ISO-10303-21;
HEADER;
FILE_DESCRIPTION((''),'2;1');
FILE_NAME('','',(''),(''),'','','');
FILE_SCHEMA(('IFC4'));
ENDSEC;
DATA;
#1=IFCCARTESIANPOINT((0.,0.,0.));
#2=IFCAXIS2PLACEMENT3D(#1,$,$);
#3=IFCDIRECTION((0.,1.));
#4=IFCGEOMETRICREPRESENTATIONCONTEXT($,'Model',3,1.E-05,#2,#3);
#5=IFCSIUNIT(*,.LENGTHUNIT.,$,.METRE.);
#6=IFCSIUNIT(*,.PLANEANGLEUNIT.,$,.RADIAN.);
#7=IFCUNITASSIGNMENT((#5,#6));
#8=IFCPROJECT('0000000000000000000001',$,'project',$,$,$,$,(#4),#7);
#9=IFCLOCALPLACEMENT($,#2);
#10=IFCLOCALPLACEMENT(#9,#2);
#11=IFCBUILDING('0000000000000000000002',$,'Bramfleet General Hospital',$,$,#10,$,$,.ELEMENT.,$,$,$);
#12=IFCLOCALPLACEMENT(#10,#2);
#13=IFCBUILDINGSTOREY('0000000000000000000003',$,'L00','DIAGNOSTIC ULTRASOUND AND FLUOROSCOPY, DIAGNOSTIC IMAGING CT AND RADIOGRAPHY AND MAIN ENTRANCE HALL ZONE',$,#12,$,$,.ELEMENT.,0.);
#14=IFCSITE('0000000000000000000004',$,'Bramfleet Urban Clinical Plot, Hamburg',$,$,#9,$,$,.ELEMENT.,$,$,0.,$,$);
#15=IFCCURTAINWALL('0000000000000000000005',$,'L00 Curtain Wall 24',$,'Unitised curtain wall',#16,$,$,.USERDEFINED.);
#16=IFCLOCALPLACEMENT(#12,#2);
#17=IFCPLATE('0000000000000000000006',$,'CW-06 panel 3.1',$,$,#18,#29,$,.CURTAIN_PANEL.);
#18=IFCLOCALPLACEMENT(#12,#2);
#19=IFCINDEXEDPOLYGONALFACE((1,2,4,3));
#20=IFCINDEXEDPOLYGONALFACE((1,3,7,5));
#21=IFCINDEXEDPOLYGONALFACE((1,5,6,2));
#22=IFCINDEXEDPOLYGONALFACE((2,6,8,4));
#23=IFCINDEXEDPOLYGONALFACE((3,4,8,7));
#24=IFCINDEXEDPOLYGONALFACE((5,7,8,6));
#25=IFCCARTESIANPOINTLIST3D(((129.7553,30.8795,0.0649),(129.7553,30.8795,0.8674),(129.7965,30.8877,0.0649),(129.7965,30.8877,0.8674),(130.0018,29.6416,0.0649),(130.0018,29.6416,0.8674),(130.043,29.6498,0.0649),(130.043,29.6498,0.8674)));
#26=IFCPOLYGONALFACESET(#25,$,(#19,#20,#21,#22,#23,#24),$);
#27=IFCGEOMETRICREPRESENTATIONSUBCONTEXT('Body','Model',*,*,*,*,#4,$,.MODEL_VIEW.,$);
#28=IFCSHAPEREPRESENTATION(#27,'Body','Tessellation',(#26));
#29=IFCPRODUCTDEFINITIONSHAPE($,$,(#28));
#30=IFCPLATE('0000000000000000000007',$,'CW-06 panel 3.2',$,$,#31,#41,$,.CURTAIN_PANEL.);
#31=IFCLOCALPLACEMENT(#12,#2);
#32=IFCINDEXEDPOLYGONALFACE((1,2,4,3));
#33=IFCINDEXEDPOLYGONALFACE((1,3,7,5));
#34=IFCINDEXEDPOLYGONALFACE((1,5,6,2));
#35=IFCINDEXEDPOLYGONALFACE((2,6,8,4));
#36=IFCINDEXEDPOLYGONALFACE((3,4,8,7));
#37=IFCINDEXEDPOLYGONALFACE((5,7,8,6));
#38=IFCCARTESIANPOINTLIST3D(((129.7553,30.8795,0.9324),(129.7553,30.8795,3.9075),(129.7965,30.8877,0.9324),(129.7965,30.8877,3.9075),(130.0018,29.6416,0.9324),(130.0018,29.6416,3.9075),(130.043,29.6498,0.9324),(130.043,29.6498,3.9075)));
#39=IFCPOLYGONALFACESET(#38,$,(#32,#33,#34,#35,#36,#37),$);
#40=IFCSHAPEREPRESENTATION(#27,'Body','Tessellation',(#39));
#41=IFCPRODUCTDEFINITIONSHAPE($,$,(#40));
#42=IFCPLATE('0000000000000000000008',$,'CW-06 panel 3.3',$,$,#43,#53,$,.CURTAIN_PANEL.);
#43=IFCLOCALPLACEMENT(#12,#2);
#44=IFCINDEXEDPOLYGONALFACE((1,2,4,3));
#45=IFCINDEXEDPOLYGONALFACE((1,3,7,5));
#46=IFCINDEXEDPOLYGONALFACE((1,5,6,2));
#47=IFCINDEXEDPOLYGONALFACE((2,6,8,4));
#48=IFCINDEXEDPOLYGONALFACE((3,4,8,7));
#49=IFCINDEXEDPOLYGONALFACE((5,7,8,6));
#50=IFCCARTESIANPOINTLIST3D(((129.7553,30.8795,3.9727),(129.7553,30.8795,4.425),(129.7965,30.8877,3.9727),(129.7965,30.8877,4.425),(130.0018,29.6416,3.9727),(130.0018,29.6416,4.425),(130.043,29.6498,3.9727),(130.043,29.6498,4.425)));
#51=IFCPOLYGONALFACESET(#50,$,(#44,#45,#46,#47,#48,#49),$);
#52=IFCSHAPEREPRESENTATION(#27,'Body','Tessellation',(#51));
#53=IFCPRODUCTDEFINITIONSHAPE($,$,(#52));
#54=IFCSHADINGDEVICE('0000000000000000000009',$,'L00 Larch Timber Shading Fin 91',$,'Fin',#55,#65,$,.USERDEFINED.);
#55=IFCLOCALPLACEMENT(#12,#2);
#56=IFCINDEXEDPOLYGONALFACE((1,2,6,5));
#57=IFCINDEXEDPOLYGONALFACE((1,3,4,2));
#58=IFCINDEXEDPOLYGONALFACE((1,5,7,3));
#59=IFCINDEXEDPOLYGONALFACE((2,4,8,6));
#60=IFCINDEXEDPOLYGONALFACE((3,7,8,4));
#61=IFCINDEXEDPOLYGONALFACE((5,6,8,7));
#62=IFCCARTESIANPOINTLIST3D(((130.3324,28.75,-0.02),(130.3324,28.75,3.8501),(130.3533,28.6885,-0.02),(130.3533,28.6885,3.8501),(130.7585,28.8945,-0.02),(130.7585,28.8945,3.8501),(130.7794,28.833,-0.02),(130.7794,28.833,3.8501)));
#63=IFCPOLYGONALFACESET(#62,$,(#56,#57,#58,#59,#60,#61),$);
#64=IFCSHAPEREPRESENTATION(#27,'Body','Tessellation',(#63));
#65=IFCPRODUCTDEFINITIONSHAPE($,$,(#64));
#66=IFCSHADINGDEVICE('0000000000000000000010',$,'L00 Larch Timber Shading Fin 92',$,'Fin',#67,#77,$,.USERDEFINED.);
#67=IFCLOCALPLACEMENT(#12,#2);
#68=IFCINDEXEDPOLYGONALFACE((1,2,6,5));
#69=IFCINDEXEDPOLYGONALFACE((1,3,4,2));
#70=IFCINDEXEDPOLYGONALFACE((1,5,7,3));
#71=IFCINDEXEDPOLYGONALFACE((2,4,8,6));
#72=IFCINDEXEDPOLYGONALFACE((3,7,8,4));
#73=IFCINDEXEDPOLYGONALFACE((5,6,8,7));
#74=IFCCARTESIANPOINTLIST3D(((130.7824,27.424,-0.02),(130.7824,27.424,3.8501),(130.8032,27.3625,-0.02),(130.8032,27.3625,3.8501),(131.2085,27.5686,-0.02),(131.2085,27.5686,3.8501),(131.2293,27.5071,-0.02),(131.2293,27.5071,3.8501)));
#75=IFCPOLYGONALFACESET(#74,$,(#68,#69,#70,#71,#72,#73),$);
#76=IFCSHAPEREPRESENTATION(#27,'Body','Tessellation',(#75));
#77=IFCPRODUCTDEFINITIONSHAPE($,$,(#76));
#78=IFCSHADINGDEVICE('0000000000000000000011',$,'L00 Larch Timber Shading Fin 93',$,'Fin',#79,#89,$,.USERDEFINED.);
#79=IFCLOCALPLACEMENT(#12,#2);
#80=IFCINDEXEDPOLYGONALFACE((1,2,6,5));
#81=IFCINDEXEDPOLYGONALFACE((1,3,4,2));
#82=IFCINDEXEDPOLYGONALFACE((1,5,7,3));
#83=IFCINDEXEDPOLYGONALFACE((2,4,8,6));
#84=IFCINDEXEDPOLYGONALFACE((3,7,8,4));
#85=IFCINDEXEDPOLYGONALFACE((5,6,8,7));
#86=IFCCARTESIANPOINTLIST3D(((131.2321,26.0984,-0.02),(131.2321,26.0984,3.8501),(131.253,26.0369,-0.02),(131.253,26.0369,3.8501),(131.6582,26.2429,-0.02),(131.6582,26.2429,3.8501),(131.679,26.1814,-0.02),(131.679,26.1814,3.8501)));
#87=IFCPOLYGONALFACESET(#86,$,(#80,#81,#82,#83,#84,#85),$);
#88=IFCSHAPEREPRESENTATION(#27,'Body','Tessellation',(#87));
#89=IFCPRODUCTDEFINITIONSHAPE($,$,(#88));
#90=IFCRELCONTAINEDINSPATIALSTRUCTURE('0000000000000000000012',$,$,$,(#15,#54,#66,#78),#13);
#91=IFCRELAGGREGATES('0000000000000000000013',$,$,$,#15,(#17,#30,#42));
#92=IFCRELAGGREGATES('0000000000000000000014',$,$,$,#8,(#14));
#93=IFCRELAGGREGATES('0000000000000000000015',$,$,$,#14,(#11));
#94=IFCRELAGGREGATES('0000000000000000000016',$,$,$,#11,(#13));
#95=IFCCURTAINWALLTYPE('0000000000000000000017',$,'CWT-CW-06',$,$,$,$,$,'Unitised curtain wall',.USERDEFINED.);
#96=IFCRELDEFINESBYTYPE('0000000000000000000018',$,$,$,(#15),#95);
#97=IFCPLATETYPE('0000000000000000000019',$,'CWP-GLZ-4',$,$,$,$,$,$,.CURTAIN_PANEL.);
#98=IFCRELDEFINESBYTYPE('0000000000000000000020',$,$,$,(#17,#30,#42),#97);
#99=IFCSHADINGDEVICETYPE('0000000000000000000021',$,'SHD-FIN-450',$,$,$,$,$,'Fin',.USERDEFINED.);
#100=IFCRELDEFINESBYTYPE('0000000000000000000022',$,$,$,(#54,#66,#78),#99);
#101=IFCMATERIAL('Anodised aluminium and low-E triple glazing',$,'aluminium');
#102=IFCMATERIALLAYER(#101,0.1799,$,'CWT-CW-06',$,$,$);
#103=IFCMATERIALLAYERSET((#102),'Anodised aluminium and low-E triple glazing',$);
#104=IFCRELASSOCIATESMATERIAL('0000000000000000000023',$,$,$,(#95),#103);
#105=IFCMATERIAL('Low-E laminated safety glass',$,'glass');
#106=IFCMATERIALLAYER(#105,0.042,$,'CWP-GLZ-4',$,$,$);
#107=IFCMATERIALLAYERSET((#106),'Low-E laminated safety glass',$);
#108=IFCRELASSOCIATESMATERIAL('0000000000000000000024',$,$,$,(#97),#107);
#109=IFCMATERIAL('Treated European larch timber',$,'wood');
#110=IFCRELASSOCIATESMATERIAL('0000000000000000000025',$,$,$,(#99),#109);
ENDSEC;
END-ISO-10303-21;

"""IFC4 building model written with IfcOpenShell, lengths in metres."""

from ifc_helpers import new_model, si_unit, direction, frame, origin, origin_2d, place, context, subcontext, project, spatial, rectangle, extrude, material, layer, layer_set, material_profile, profile_set, type_object, element, aggregate, save


model = new_model("IFC4")

# Units and contexts
model_context = context("Model", 3, precision=1e-05, world=origin(), true_north=direction((0.0, 1.0)))
body_context = subcontext(model_context, "Body", "Model", "MODEL_VIEW")
ifc_project = project(units=[si_unit("LENGTHUNIT", "METRE"), si_unit("PLANEANGLEUNIT", "RADIAN")], contexts=[model_context])

# Site, building, storey
site_placement = place(None, origin())
site = spatial("IfcSite", under=ifc_project, at=site_placement, Name="Bramfleet Urban Clinical Plot, Hamburg", CompositionType="ELEMENT", RefElevation=0.0)
building_placement = place(site_placement, origin())
building = spatial("IfcBuilding", under=site, at=building_placement, Name="Bramfleet General Hospital", CompositionType="ELEMENT")
storey_placement = place(building_placement, origin())
storey = spatial("IfcBuildingStorey", under=building, at=storey_placement, Name="L00", Description="DIAGNOSTIC ULTRASOUND AND FLUOROSCOPY, DIAGNOSTIC IMAGING CT AND RADIOGRAPHY AND MAIN ENTRANCE HALL ZONE", CompositionType="ELEMENT", Elevation=0.0)

# Curtain wall
ifc_material_1 = material(Name="Anodised aluminium and low-E triple glazing", Category="aluminium")
ifc_layer_1 = layer(ifc_material_1, 0.1799, Name="CWT-CW-06")
ifc_layer_set_1 = layer_set([ifc_layer_1], Name="Anodised aluminium and low-E triple glazing")
curtain_wall_type_1 = type_object("IfcCurtainWallType", Name="CWT-CW-06", ElementType="Unitised curtain wall", PredefinedType="USERDEFINED", material=ifc_layer_set_1)
curtain_wall_1_placement = place(storey_placement, origin())
curtain_wall_1 = element("IfcCurtainWall", 1, at=curtain_wall_1_placement, inside=storey, type_object=curtain_wall_type_1, Name="L00 Curtain Wall 24", ObjectType="Unitised curtain wall", PredefinedType="USERDEFINED")

# Plates
ifc_material_2 = material(Name="Low-E laminated safety glass", Category="glass")
ifc_layer_2 = layer(ifc_material_2, 0.042, Name="CWP-GLZ-4")
ifc_layer_set_2 = layer_set([ifc_layer_2], Name="Low-E laminated safety glass")
plate_type_1 = type_object("IfcPlateType", Name="CWP-GLZ-4", PredefinedType="CURTAIN_PANEL", material=ifc_layer_set_2)
plate_1_placement = place(storey_placement, frame((129.8992, 30.2646, 0.0649), z_axis=(0.0, 0.0, 1.0), x_axis=(0.195272, -0.980749, 0.0)))
plate_1 = element("IfcPlate", 2, at=plate_1_placement, type_object=plate_type_1, Name="CW-06 panel 3.1", PredefinedType="CURTAIN_PANEL", context=body_context, shape_type="SweptSolid", body=[
    extrude(rectangle(XDim=1.2622, YDim=0.042, at=origin_2d()), origin(), (0.0, 0.0, 1.0), 0.8025),
])
plate_2_placement = place(storey_placement, frame((129.8992, 30.2646, 0.9324), z_axis=(0.0, 0.0, 1.0), x_axis=(0.195272, -0.980749, 0.0)))
plate_2 = element("IfcPlate", 3, at=plate_2_placement, type_object=plate_type_1, Name="CW-06 panel 3.2", PredefinedType="CURTAIN_PANEL", context=body_context, shape_type="SweptSolid", body=[
    extrude(rectangle(XDim=1.2622, YDim=0.042, at=origin_2d()), origin(), (0.0, 0.0, 1.0), 2.9751),
])
plate_3_placement = place(storey_placement, frame((129.8992, 30.2646, 3.9727), z_axis=(0.0, 0.0, 1.0), x_axis=(0.195272, -0.980749, 0.0)))
plate_3 = element("IfcPlate", 4, at=plate_3_placement, type_object=plate_type_1, Name="CW-06 panel 3.3", PredefinedType="CURTAIN_PANEL", context=body_context, shape_type="SweptSolid", body=[
    extrude(rectangle(XDim=1.2622, YDim=0.042, at=origin_2d()), origin(), (0.0, 0.0, 1.0), 0.4524),
])
aggregate(curtain_wall_1, [plate_1, plate_2, plate_3])

# Shading devices
ifc_material_3 = material(Name="Treated European larch timber", Category="wood")
ifc_material_profile_1 = material_profile(ifc_material_3, rectangle(XDim=0.0649, YDim=0.45, at=origin_2d()), Name="LARCH FIN 450x65")
ifc_profile_set_1 = profile_set([ifc_material_profile_1], Name="Treated European larch timber")
shading_device_type = type_object("IfcShadingDeviceType", Name="SHD-FIN-450", ElementType="Fin", PredefinedType="USERDEFINED", material=ifc_profile_set_1)
for number, where, z_axis, x_axis, name in (
    (5, (130.5559, 28.7915, -0.02), (0.0, 0.0, 1.0), (0.321286, -0.946982, 0.0), "L00 Larch Timber Shading Fin 91"),
    (6, (131.0059, 27.4656, -0.02), (0.0, 0.0, 1.0), (0.321286, -0.946982, 0.0), "L00 Larch Timber Shading Fin 92"),
    (7, (131.4556, 26.1399, -0.02), (0.0, 0.0, 1.0), (0.321286, -0.946982, 0.0), "L00 Larch Timber Shading Fin 93"),
):
    element("IfcShadingDevice", number, at=place(storey_placement, frame(where, z_axis=z_axis, x_axis=x_axis)), inside=storey, type_object=shading_device_type, Name=name, ObjectType="Fin", PredefinedType="USERDEFINED", context=body_context, shape_type="SweptSolid", body=[
        extrude(rectangle(XDim=0.0649, YDim=0.45, at=origin_2d()), origin(), (0.0, 0.0, 1.0), 3.8701),
    ])

save(model, "model.ifc")
